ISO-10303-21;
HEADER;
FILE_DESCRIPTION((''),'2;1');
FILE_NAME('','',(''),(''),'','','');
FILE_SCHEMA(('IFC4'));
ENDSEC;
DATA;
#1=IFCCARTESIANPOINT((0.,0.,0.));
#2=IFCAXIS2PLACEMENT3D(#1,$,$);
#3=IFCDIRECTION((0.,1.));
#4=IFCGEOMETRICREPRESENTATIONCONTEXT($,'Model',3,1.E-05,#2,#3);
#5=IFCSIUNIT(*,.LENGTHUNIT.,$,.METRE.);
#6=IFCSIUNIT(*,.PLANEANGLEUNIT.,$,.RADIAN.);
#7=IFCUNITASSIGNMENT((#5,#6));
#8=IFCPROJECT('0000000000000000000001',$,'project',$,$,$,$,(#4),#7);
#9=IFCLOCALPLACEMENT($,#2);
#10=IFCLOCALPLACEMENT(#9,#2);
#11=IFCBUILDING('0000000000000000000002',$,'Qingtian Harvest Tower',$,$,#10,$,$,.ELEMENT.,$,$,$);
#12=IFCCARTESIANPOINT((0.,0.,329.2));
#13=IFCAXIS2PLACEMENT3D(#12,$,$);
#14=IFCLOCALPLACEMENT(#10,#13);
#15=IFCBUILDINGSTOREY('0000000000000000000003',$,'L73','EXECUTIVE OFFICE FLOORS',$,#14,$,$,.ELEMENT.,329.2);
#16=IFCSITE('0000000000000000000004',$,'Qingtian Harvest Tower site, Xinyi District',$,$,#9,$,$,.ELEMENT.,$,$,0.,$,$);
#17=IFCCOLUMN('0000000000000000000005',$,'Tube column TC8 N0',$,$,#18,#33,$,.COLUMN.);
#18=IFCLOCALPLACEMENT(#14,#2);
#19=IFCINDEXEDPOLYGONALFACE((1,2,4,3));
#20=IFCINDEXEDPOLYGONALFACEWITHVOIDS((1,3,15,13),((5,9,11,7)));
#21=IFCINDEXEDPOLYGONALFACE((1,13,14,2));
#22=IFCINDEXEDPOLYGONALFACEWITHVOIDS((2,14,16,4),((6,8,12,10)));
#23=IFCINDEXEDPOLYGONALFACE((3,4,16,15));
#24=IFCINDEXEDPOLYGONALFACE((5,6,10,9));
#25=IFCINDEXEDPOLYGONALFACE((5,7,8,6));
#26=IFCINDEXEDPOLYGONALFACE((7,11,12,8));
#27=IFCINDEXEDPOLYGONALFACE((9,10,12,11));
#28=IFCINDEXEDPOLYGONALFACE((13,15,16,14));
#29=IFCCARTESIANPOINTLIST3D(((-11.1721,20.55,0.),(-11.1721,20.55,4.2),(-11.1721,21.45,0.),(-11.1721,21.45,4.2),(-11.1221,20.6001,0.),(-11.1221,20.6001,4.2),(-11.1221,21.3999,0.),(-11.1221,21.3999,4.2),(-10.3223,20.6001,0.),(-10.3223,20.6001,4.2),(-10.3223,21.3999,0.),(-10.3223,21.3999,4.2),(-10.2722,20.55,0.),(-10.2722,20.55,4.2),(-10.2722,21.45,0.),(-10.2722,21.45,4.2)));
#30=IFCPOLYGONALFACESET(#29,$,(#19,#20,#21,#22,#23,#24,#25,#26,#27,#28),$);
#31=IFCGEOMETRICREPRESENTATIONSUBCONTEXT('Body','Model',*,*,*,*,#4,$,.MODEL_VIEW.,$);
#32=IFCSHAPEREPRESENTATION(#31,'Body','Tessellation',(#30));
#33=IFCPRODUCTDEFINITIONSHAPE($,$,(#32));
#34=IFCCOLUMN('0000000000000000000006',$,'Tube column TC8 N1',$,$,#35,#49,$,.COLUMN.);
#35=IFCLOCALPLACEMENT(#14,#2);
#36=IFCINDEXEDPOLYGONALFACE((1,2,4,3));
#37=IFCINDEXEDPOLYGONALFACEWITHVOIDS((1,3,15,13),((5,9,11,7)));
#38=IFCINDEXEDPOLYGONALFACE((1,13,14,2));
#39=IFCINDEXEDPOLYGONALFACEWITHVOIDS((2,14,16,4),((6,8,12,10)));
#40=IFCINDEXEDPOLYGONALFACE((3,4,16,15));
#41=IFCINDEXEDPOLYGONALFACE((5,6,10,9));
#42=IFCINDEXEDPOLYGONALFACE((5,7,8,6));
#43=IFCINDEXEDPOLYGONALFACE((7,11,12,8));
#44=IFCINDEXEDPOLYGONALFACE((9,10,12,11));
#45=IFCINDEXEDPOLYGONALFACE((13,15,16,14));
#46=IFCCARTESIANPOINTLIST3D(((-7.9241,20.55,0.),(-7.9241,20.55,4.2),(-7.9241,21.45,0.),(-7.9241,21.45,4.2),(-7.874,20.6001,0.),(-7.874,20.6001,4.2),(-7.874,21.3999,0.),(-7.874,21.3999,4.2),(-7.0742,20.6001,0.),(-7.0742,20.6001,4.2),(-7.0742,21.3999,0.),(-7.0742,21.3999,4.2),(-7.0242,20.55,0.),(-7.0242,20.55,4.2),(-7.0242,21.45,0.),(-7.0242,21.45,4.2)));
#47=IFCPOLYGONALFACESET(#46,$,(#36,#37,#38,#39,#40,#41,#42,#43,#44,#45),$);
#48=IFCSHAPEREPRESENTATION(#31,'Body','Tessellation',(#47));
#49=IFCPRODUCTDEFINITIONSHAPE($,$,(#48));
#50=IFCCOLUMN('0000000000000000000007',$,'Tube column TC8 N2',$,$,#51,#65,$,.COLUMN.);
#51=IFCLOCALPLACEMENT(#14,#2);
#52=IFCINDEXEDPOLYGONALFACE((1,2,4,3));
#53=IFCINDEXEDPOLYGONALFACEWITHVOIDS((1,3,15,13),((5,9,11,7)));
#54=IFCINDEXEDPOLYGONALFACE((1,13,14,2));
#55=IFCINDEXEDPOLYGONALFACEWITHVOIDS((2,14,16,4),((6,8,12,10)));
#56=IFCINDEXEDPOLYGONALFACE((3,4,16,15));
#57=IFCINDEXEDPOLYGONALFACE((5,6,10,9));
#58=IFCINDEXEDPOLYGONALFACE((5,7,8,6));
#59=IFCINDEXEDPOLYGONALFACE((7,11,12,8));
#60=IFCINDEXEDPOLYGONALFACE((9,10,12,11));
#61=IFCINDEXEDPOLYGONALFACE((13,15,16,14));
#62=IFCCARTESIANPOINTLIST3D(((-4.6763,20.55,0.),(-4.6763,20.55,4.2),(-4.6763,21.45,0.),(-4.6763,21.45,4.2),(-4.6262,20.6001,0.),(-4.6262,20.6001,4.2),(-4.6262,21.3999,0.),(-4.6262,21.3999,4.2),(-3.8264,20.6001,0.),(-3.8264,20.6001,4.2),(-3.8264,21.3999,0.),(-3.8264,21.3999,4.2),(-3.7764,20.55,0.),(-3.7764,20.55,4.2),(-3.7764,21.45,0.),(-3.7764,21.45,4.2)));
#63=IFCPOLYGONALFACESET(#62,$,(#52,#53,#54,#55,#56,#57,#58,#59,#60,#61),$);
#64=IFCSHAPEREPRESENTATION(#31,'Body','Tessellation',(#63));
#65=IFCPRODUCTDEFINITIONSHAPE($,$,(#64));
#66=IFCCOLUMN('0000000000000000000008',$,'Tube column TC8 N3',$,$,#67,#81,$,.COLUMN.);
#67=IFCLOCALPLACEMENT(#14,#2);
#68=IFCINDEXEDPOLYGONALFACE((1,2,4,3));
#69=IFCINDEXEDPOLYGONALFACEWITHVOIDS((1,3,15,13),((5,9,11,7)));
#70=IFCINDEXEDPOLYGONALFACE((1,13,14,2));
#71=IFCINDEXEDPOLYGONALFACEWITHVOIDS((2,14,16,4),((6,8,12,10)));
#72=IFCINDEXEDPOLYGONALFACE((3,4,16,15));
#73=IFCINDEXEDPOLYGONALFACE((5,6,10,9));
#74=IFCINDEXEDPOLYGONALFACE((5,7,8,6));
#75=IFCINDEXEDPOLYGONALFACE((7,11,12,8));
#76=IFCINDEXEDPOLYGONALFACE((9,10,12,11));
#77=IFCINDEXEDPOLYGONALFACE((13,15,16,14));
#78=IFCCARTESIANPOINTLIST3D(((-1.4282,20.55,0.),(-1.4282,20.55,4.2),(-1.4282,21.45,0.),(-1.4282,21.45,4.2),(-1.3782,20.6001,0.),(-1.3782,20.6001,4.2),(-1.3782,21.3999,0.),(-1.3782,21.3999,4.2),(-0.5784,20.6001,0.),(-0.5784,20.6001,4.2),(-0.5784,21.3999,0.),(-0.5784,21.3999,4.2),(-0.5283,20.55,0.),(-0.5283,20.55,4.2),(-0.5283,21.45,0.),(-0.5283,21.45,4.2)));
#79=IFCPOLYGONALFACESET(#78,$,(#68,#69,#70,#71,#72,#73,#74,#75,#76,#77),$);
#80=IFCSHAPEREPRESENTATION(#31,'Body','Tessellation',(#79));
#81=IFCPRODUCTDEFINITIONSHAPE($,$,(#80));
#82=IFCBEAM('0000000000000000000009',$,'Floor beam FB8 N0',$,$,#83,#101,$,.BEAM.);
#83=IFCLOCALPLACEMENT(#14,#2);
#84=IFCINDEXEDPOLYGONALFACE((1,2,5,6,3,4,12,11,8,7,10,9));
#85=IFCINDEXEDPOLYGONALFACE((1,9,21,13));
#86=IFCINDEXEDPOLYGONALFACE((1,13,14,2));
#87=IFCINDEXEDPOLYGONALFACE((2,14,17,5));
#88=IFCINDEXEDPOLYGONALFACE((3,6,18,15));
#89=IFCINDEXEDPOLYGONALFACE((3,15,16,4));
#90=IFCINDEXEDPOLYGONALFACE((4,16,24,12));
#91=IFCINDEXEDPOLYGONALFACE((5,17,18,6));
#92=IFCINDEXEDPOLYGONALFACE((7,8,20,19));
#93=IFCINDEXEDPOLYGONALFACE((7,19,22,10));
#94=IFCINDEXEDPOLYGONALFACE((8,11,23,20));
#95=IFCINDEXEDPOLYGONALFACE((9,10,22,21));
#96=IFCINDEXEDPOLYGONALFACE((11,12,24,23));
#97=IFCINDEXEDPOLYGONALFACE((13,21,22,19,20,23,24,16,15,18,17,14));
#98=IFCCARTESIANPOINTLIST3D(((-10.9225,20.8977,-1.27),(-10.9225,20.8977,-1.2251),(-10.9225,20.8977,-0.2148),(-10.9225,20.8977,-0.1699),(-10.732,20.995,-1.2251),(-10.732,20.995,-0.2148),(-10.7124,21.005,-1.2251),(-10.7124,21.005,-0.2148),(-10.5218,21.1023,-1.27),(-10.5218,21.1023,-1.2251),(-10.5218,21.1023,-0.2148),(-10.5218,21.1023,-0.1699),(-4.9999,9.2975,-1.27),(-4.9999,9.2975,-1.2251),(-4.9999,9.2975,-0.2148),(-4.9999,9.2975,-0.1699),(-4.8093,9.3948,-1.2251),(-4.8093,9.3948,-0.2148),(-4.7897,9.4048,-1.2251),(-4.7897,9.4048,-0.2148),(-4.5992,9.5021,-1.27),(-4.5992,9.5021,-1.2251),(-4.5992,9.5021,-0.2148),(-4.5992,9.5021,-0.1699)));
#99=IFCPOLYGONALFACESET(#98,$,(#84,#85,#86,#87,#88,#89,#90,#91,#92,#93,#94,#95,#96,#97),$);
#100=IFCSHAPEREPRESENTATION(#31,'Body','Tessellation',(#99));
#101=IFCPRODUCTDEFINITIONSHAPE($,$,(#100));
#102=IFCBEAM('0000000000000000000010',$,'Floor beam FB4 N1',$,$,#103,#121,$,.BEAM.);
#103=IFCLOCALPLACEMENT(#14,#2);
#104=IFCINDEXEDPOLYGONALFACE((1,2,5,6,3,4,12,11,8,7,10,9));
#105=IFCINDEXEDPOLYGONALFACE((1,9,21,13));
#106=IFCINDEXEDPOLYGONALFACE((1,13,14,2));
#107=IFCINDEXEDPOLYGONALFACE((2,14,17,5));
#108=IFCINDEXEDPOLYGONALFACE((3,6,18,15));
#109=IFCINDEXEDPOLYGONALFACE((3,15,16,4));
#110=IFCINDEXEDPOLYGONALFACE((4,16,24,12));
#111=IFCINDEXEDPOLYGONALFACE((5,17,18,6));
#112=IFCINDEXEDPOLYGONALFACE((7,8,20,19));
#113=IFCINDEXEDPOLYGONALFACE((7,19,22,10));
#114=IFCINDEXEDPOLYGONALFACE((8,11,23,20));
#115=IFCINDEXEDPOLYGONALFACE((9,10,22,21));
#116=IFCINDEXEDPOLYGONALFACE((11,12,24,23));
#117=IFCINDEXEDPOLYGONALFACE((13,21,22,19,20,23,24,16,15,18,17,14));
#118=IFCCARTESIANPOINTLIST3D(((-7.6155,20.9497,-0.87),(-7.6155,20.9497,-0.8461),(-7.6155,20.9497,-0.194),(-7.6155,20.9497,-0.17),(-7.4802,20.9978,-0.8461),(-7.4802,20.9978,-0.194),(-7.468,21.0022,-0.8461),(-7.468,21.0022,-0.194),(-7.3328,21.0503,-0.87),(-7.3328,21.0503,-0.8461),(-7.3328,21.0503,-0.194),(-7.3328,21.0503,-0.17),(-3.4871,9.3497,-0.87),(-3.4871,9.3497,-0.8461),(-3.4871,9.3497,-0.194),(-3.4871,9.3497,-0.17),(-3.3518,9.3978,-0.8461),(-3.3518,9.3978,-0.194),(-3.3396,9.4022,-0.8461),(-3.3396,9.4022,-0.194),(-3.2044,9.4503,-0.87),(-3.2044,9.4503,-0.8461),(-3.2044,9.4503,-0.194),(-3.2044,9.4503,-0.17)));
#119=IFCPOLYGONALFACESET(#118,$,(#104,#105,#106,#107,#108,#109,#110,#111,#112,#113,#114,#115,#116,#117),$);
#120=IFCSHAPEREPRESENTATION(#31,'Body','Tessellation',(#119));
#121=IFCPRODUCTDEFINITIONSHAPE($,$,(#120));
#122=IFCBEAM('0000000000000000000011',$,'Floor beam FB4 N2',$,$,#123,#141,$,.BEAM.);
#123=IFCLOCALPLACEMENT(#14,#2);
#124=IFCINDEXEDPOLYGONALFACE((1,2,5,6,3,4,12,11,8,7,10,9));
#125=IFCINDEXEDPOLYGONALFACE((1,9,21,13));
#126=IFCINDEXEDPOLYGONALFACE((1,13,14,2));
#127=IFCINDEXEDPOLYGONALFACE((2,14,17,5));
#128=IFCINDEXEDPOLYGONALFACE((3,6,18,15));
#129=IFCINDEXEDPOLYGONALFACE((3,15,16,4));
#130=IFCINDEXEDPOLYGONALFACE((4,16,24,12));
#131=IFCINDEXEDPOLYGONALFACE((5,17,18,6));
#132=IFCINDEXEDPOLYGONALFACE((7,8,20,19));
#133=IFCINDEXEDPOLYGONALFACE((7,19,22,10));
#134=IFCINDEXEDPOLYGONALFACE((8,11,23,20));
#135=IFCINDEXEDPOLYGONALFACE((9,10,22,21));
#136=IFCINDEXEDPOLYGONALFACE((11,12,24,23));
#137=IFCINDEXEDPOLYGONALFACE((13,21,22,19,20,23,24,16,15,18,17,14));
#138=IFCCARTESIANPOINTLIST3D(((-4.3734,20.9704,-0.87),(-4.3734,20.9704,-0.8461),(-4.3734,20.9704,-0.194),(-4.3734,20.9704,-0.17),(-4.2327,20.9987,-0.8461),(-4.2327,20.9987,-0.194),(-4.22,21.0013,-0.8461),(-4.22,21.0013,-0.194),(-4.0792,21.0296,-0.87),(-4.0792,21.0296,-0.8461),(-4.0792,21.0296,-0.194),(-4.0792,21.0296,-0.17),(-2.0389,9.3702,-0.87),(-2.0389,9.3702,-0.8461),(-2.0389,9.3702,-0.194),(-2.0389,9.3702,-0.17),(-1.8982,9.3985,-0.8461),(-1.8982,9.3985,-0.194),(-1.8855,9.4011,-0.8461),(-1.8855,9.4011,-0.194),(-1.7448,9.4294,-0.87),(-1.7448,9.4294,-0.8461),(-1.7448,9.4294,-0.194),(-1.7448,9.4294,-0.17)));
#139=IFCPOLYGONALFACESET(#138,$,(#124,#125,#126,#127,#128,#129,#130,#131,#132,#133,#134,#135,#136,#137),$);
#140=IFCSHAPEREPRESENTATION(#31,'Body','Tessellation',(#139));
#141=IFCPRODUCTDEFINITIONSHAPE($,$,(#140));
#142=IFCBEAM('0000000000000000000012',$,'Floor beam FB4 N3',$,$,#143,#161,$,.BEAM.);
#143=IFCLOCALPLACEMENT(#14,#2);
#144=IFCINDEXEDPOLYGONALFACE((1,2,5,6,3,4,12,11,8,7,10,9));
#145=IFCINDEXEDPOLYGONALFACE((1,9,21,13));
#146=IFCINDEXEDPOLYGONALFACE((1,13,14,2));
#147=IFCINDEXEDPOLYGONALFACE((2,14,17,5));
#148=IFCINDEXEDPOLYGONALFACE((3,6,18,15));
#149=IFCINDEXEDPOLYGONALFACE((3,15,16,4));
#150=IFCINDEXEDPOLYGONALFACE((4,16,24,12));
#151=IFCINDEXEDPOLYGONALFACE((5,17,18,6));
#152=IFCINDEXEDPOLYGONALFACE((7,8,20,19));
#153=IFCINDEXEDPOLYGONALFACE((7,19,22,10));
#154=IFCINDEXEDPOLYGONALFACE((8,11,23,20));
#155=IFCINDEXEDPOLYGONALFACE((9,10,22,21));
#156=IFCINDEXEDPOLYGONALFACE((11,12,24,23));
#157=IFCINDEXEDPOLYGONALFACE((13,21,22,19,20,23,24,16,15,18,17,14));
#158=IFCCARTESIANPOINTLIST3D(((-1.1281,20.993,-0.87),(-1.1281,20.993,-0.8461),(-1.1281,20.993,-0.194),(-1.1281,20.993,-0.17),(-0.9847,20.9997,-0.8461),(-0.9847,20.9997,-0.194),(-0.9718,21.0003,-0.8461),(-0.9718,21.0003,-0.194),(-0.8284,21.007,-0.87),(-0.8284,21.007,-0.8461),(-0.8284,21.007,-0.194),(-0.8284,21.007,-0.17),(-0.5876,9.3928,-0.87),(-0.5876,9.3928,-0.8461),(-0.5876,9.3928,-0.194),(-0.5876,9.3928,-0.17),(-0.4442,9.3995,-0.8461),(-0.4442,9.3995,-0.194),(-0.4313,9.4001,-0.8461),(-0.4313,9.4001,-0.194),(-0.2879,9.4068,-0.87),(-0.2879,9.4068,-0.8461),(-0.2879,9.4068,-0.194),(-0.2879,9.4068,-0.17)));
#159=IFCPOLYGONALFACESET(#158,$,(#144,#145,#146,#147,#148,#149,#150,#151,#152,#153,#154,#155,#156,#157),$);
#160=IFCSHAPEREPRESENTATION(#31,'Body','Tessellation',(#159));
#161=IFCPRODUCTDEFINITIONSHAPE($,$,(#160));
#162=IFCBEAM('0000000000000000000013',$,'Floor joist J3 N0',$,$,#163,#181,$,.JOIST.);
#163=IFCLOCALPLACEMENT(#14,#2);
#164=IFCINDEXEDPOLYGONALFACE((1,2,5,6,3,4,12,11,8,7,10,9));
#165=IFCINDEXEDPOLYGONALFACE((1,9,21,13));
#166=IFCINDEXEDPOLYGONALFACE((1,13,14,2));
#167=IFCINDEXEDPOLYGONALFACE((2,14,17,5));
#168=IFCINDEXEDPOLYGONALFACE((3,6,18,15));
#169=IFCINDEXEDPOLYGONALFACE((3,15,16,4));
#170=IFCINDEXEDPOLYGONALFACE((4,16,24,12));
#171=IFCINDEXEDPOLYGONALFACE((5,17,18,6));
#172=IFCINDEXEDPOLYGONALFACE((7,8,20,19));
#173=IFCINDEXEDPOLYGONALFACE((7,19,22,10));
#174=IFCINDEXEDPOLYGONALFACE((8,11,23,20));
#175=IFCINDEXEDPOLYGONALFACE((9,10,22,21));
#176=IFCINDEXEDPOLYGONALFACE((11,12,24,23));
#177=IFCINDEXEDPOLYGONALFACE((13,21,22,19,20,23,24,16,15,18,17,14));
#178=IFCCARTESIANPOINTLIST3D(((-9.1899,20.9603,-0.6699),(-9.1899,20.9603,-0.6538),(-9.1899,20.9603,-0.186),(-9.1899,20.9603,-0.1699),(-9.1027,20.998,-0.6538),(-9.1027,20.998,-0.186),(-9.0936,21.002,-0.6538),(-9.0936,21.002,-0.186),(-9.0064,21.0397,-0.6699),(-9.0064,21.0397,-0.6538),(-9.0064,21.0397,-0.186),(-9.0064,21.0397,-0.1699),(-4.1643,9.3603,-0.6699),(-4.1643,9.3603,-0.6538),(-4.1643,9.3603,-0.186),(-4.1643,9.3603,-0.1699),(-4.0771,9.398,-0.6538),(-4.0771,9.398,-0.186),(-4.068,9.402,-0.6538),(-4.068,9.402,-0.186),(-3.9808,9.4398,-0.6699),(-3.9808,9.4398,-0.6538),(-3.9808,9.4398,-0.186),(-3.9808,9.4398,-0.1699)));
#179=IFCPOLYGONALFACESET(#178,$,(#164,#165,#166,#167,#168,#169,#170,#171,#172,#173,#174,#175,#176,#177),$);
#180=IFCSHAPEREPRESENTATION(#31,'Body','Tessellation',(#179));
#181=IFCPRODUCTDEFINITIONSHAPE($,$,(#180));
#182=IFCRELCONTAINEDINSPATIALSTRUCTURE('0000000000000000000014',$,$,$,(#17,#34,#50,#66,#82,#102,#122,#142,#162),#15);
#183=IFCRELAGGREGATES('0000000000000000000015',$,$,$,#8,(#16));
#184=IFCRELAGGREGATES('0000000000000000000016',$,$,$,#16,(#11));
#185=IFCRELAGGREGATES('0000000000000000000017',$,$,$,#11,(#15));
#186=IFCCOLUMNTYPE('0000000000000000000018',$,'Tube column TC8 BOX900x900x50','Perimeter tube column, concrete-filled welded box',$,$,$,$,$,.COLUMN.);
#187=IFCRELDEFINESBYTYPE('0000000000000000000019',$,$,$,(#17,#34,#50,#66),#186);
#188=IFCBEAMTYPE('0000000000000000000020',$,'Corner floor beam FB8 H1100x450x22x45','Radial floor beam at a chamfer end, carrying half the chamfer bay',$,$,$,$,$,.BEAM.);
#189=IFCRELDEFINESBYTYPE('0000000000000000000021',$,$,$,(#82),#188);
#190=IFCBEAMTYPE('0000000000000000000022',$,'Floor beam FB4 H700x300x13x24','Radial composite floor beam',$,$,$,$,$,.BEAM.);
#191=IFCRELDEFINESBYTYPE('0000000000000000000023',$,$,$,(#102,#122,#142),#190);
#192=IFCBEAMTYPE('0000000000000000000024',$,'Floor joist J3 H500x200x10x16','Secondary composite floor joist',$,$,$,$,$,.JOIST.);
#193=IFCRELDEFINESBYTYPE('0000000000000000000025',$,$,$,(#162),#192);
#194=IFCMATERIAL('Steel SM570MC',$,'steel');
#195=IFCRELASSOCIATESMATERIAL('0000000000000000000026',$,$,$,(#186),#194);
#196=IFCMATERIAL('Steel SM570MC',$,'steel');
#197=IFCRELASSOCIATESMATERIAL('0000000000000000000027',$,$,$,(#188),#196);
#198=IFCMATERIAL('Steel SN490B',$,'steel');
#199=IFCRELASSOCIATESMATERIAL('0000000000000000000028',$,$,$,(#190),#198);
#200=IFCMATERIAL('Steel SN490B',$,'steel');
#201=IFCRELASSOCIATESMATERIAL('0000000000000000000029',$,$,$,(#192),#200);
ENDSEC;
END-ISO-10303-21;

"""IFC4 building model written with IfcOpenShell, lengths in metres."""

from ifc_helpers import new_model, si_unit, direction, frame, origin, origin_2d, place, context, subcontext, project, spatial, hollow_rectangle, i_section, extrude, material, material_profile, profile_set, type_object, element, save


model = new_model("IFC4")

# Units and contexts
model_context = context("Model", 3, precision=1e-05, world=origin(), true_north=direction((0.0, 1.0)))
body_context = subcontext(model_context, "Body", "Model", "MODEL_VIEW")
ifc_project = project(units=[si_unit("LENGTHUNIT", "METRE"), si_unit("PLANEANGLEUNIT", "RADIAN")], contexts=[model_context])

# Site, building, storey
site_placement = place(None, origin())
site = spatial("IfcSite", under=ifc_project, at=site_placement, Name="Qingtian Harvest Tower site, Xinyi District", CompositionType="ELEMENT", RefElevation=0.0)
building_placement = place(site_placement, origin())
building = spatial("IfcBuilding", under=site, at=building_placement, Name="Qingtian Harvest Tower", CompositionType="ELEMENT")
storey_placement = place(building_placement, frame((0.0, 0.0, 329.2)))
storey = spatial("IfcBuildingStorey", under=building, at=storey_placement, Name="L73", Description="EXECUTIVE OFFICE FLOORS", CompositionType="ELEMENT", Elevation=329.2)

# Columns
ifc_material_1 = material(Name="Steel SM570MC", Category="steel")
ifc_material_profile_1 = material_profile(ifc_material_1, hollow_rectangle(XDim=0.8999, YDim=0.8999, WallThickness=0.05, at=origin_2d()), Name="BOX900x900x50")
ifc_profile_set_1 = profile_set([ifc_material_profile_1], Name="Steel SM570MC")
column_type = type_object("IfcColumnType", Name="Tube column TC8 BOX900x900x50", Description="Perimeter tube column, concrete-filled welded box", PredefinedType="COLUMN", material=ifc_profile_set_1)
for number, where, z_axis, x_axis, name in (
    (1, (-10.7222, 21.0, 0.0), (0.0, 0.0, 1.0), (-1.0, 0.0, 0.0), "Tube column TC8 N0"),
    (2, (-7.4741, 21.0, 0.0), (0.0, 0.0, 1.0), (-1.0, 0.0, 0.0), "Tube column TC8 N1"),
    (3, (-4.2263, 21.0, 0.0), (0.0, 0.0, 1.0), (-1.0, 0.0, 0.0), "Tube column TC8 N2"),
    (4, (-0.9783, 21.0, 0.0), (0.0, 0.0, 1.0), (-1.0, 0.0, 0.0), "Tube column TC8 N3"),
):
    element("IfcColumn", number, at=place(storey_placement, frame(where, z_axis=z_axis, x_axis=x_axis)), inside=storey, type_object=column_type, Name=name, PredefinedType="COLUMN", context=body_context, shape_type="SweptSolid", body=[
        extrude(hollow_rectangle(XDim=0.8999, YDim=0.8999, WallThickness=0.05, at=origin_2d()), origin(), (0.0, 0.0, 1.0), 4.2),
    ])

# Beams
ifc_material_2 = material(Name="Steel SM570MC", Category="steel")
ifc_material_profile_2 = material_profile(ifc_material_2, i_section(OverallWidth=0.45, OverallDepth=1.1001, WebThickness=0.022, FlangeThickness=0.0449, at=origin_2d()), Name="H1100x450x22x45")
ifc_profile_set_2 = profile_set([ifc_material_profile_2], Name="Steel SM570MC")
beam_type_1 = type_object("IfcBeamType", Name="Corner floor beam FB8 H1100x450x22x45", Description="Radial floor beam at a chamfer end, carrying half the chamfer bay", PredefinedType="BEAM", material=ifc_profile_set_2)
beam_1_placement = place(storey_placement, frame((-10.7222, 21.0, -0.72), z_axis=(0.454726, -0.890632, 0.0), x_axis=(0.890632, 0.454726, 0.0)))
element("IfcBeam", 5, at=beam_1_placement, inside=storey, type_object=beam_type_1, Name="Floor beam FB8 N0", PredefinedType="BEAM", context=body_context, shape_type="SweptSolid", body=[
    extrude(i_section(OverallWidth=0.45, OverallDepth=1.1001, WebThickness=0.022, FlangeThickness=0.0449, at=origin_2d()), origin(), (0.0, 0.0, 1.0), 13.0247),
])
ifc_material_3 = material(Name="Steel SN490B", Category="steel")
ifc_material_profile_3 = material_profile(ifc_material_3, i_section(OverallWidth=0.3, OverallDepth=0.7, WebThickness=0.0129, FlangeThickness=0.0239, at=origin_2d()), Name="H700x300x13x24")
ifc_profile_set_3 = profile_set([ifc_material_profile_3], Name="Steel SN490B")
beam_type_2 = type_object("IfcBeamType", Name="Floor beam FB4 H700x300x13x24", Description="Radial composite floor beam", PredefinedType="BEAM", material=ifc_profile_set_3)
beam_2_placement = place(storey_placement, frame((-7.4741, 21.0, -0.52), z_axis=(0.335294, -0.942114, 0.0), x_axis=(0.942114, 0.335294, 0.0)))
element("IfcBeam", 6, at=beam_2_placement, inside=storey, type_object=beam_type_2, Name="Floor beam FB4 N1", PredefinedType="BEAM", context=body_context, shape_type="SweptSolid", body=[
    extrude(i_section(OverallWidth=0.3, OverallDepth=0.7, WebThickness=0.0129, FlangeThickness=0.0239, at=origin_2d()), origin(), (0.0, 0.0, 1.0), 12.3127),
])
beam_3_placement = place(storey_placement, frame((-4.2263, 21.0, -0.52), z_axis=(0.19729, -0.980345, 0.0), x_axis=(0.980345, 0.19729, 0.0)))
element("IfcBeam", 7, at=beam_3_placement, inside=storey, type_object=beam_type_2, Name="Floor beam FB4 N2", PredefinedType="BEAM", context=body_context, shape_type="SweptSolid", body=[
    extrude(i_section(OverallWidth=0.3, OverallDepth=0.7, WebThickness=0.0129, FlangeThickness=0.0239, at=origin_2d()), origin(), (0.0, 0.0, 1.0), 11.8328),
])
beam_4_placement = place(storey_placement, frame((-0.9783, 21.0, -0.52), z_axis=(0.046546, -0.998916, 0.0), x_axis=(0.998916, 0.046546, 0.0)))
element("IfcBeam", 8, at=beam_4_placement, inside=storey, type_object=beam_type_2, Name="Floor beam FB4 N3", PredefinedType="BEAM", context=body_context, shape_type="SweptSolid", body=[
    extrude(i_section(OverallWidth=0.3, OverallDepth=0.7, WebThickness=0.0129, FlangeThickness=0.0239, at=origin_2d()), origin(), (0.0, 0.0, 1.0), 11.6128),
])
ifc_material_4 = material(Name="Steel SN490B", Category="steel")
ifc_material_profile_4 = material_profile(ifc_material_4, i_section(OverallWidth=0.2, OverallDepth=0.5, WebThickness=0.01, FlangeThickness=0.0161, at=origin_2d()), Name="H500x200x10x16")
ifc_profile_set_4 = profile_set([ifc_material_profile_4], Name="Steel SN490B")
beam_type_3 = type_object("IfcBeamType", Name="Floor joist J3 H500x200x10x16", Description="Secondary composite floor joist", PredefinedType="JOIST", material=ifc_profile_set_4)
beam_5_placement = place(storey_placement, frame((-9.0981, 21.0, -0.4199), z_axis=(0.397536, -0.917587, 0.0), x_axis=(0.917587, 0.397536, 0.0)))
element("IfcBeam", 9, at=beam_5_placement, inside=storey, type_object=beam_type_3, Name="Floor joist J3 N0", PredefinedType="JOIST", context=body_context, shape_type="SweptSolid", body=[
    extrude(i_section(OverallWidth=0.2, OverallDepth=0.5, WebThickness=0.01, FlangeThickness=0.0161, at=origin_2d()), origin(), (0.0, 0.0, 1.0), 12.6418),
])

save(model, "model.ifc")
